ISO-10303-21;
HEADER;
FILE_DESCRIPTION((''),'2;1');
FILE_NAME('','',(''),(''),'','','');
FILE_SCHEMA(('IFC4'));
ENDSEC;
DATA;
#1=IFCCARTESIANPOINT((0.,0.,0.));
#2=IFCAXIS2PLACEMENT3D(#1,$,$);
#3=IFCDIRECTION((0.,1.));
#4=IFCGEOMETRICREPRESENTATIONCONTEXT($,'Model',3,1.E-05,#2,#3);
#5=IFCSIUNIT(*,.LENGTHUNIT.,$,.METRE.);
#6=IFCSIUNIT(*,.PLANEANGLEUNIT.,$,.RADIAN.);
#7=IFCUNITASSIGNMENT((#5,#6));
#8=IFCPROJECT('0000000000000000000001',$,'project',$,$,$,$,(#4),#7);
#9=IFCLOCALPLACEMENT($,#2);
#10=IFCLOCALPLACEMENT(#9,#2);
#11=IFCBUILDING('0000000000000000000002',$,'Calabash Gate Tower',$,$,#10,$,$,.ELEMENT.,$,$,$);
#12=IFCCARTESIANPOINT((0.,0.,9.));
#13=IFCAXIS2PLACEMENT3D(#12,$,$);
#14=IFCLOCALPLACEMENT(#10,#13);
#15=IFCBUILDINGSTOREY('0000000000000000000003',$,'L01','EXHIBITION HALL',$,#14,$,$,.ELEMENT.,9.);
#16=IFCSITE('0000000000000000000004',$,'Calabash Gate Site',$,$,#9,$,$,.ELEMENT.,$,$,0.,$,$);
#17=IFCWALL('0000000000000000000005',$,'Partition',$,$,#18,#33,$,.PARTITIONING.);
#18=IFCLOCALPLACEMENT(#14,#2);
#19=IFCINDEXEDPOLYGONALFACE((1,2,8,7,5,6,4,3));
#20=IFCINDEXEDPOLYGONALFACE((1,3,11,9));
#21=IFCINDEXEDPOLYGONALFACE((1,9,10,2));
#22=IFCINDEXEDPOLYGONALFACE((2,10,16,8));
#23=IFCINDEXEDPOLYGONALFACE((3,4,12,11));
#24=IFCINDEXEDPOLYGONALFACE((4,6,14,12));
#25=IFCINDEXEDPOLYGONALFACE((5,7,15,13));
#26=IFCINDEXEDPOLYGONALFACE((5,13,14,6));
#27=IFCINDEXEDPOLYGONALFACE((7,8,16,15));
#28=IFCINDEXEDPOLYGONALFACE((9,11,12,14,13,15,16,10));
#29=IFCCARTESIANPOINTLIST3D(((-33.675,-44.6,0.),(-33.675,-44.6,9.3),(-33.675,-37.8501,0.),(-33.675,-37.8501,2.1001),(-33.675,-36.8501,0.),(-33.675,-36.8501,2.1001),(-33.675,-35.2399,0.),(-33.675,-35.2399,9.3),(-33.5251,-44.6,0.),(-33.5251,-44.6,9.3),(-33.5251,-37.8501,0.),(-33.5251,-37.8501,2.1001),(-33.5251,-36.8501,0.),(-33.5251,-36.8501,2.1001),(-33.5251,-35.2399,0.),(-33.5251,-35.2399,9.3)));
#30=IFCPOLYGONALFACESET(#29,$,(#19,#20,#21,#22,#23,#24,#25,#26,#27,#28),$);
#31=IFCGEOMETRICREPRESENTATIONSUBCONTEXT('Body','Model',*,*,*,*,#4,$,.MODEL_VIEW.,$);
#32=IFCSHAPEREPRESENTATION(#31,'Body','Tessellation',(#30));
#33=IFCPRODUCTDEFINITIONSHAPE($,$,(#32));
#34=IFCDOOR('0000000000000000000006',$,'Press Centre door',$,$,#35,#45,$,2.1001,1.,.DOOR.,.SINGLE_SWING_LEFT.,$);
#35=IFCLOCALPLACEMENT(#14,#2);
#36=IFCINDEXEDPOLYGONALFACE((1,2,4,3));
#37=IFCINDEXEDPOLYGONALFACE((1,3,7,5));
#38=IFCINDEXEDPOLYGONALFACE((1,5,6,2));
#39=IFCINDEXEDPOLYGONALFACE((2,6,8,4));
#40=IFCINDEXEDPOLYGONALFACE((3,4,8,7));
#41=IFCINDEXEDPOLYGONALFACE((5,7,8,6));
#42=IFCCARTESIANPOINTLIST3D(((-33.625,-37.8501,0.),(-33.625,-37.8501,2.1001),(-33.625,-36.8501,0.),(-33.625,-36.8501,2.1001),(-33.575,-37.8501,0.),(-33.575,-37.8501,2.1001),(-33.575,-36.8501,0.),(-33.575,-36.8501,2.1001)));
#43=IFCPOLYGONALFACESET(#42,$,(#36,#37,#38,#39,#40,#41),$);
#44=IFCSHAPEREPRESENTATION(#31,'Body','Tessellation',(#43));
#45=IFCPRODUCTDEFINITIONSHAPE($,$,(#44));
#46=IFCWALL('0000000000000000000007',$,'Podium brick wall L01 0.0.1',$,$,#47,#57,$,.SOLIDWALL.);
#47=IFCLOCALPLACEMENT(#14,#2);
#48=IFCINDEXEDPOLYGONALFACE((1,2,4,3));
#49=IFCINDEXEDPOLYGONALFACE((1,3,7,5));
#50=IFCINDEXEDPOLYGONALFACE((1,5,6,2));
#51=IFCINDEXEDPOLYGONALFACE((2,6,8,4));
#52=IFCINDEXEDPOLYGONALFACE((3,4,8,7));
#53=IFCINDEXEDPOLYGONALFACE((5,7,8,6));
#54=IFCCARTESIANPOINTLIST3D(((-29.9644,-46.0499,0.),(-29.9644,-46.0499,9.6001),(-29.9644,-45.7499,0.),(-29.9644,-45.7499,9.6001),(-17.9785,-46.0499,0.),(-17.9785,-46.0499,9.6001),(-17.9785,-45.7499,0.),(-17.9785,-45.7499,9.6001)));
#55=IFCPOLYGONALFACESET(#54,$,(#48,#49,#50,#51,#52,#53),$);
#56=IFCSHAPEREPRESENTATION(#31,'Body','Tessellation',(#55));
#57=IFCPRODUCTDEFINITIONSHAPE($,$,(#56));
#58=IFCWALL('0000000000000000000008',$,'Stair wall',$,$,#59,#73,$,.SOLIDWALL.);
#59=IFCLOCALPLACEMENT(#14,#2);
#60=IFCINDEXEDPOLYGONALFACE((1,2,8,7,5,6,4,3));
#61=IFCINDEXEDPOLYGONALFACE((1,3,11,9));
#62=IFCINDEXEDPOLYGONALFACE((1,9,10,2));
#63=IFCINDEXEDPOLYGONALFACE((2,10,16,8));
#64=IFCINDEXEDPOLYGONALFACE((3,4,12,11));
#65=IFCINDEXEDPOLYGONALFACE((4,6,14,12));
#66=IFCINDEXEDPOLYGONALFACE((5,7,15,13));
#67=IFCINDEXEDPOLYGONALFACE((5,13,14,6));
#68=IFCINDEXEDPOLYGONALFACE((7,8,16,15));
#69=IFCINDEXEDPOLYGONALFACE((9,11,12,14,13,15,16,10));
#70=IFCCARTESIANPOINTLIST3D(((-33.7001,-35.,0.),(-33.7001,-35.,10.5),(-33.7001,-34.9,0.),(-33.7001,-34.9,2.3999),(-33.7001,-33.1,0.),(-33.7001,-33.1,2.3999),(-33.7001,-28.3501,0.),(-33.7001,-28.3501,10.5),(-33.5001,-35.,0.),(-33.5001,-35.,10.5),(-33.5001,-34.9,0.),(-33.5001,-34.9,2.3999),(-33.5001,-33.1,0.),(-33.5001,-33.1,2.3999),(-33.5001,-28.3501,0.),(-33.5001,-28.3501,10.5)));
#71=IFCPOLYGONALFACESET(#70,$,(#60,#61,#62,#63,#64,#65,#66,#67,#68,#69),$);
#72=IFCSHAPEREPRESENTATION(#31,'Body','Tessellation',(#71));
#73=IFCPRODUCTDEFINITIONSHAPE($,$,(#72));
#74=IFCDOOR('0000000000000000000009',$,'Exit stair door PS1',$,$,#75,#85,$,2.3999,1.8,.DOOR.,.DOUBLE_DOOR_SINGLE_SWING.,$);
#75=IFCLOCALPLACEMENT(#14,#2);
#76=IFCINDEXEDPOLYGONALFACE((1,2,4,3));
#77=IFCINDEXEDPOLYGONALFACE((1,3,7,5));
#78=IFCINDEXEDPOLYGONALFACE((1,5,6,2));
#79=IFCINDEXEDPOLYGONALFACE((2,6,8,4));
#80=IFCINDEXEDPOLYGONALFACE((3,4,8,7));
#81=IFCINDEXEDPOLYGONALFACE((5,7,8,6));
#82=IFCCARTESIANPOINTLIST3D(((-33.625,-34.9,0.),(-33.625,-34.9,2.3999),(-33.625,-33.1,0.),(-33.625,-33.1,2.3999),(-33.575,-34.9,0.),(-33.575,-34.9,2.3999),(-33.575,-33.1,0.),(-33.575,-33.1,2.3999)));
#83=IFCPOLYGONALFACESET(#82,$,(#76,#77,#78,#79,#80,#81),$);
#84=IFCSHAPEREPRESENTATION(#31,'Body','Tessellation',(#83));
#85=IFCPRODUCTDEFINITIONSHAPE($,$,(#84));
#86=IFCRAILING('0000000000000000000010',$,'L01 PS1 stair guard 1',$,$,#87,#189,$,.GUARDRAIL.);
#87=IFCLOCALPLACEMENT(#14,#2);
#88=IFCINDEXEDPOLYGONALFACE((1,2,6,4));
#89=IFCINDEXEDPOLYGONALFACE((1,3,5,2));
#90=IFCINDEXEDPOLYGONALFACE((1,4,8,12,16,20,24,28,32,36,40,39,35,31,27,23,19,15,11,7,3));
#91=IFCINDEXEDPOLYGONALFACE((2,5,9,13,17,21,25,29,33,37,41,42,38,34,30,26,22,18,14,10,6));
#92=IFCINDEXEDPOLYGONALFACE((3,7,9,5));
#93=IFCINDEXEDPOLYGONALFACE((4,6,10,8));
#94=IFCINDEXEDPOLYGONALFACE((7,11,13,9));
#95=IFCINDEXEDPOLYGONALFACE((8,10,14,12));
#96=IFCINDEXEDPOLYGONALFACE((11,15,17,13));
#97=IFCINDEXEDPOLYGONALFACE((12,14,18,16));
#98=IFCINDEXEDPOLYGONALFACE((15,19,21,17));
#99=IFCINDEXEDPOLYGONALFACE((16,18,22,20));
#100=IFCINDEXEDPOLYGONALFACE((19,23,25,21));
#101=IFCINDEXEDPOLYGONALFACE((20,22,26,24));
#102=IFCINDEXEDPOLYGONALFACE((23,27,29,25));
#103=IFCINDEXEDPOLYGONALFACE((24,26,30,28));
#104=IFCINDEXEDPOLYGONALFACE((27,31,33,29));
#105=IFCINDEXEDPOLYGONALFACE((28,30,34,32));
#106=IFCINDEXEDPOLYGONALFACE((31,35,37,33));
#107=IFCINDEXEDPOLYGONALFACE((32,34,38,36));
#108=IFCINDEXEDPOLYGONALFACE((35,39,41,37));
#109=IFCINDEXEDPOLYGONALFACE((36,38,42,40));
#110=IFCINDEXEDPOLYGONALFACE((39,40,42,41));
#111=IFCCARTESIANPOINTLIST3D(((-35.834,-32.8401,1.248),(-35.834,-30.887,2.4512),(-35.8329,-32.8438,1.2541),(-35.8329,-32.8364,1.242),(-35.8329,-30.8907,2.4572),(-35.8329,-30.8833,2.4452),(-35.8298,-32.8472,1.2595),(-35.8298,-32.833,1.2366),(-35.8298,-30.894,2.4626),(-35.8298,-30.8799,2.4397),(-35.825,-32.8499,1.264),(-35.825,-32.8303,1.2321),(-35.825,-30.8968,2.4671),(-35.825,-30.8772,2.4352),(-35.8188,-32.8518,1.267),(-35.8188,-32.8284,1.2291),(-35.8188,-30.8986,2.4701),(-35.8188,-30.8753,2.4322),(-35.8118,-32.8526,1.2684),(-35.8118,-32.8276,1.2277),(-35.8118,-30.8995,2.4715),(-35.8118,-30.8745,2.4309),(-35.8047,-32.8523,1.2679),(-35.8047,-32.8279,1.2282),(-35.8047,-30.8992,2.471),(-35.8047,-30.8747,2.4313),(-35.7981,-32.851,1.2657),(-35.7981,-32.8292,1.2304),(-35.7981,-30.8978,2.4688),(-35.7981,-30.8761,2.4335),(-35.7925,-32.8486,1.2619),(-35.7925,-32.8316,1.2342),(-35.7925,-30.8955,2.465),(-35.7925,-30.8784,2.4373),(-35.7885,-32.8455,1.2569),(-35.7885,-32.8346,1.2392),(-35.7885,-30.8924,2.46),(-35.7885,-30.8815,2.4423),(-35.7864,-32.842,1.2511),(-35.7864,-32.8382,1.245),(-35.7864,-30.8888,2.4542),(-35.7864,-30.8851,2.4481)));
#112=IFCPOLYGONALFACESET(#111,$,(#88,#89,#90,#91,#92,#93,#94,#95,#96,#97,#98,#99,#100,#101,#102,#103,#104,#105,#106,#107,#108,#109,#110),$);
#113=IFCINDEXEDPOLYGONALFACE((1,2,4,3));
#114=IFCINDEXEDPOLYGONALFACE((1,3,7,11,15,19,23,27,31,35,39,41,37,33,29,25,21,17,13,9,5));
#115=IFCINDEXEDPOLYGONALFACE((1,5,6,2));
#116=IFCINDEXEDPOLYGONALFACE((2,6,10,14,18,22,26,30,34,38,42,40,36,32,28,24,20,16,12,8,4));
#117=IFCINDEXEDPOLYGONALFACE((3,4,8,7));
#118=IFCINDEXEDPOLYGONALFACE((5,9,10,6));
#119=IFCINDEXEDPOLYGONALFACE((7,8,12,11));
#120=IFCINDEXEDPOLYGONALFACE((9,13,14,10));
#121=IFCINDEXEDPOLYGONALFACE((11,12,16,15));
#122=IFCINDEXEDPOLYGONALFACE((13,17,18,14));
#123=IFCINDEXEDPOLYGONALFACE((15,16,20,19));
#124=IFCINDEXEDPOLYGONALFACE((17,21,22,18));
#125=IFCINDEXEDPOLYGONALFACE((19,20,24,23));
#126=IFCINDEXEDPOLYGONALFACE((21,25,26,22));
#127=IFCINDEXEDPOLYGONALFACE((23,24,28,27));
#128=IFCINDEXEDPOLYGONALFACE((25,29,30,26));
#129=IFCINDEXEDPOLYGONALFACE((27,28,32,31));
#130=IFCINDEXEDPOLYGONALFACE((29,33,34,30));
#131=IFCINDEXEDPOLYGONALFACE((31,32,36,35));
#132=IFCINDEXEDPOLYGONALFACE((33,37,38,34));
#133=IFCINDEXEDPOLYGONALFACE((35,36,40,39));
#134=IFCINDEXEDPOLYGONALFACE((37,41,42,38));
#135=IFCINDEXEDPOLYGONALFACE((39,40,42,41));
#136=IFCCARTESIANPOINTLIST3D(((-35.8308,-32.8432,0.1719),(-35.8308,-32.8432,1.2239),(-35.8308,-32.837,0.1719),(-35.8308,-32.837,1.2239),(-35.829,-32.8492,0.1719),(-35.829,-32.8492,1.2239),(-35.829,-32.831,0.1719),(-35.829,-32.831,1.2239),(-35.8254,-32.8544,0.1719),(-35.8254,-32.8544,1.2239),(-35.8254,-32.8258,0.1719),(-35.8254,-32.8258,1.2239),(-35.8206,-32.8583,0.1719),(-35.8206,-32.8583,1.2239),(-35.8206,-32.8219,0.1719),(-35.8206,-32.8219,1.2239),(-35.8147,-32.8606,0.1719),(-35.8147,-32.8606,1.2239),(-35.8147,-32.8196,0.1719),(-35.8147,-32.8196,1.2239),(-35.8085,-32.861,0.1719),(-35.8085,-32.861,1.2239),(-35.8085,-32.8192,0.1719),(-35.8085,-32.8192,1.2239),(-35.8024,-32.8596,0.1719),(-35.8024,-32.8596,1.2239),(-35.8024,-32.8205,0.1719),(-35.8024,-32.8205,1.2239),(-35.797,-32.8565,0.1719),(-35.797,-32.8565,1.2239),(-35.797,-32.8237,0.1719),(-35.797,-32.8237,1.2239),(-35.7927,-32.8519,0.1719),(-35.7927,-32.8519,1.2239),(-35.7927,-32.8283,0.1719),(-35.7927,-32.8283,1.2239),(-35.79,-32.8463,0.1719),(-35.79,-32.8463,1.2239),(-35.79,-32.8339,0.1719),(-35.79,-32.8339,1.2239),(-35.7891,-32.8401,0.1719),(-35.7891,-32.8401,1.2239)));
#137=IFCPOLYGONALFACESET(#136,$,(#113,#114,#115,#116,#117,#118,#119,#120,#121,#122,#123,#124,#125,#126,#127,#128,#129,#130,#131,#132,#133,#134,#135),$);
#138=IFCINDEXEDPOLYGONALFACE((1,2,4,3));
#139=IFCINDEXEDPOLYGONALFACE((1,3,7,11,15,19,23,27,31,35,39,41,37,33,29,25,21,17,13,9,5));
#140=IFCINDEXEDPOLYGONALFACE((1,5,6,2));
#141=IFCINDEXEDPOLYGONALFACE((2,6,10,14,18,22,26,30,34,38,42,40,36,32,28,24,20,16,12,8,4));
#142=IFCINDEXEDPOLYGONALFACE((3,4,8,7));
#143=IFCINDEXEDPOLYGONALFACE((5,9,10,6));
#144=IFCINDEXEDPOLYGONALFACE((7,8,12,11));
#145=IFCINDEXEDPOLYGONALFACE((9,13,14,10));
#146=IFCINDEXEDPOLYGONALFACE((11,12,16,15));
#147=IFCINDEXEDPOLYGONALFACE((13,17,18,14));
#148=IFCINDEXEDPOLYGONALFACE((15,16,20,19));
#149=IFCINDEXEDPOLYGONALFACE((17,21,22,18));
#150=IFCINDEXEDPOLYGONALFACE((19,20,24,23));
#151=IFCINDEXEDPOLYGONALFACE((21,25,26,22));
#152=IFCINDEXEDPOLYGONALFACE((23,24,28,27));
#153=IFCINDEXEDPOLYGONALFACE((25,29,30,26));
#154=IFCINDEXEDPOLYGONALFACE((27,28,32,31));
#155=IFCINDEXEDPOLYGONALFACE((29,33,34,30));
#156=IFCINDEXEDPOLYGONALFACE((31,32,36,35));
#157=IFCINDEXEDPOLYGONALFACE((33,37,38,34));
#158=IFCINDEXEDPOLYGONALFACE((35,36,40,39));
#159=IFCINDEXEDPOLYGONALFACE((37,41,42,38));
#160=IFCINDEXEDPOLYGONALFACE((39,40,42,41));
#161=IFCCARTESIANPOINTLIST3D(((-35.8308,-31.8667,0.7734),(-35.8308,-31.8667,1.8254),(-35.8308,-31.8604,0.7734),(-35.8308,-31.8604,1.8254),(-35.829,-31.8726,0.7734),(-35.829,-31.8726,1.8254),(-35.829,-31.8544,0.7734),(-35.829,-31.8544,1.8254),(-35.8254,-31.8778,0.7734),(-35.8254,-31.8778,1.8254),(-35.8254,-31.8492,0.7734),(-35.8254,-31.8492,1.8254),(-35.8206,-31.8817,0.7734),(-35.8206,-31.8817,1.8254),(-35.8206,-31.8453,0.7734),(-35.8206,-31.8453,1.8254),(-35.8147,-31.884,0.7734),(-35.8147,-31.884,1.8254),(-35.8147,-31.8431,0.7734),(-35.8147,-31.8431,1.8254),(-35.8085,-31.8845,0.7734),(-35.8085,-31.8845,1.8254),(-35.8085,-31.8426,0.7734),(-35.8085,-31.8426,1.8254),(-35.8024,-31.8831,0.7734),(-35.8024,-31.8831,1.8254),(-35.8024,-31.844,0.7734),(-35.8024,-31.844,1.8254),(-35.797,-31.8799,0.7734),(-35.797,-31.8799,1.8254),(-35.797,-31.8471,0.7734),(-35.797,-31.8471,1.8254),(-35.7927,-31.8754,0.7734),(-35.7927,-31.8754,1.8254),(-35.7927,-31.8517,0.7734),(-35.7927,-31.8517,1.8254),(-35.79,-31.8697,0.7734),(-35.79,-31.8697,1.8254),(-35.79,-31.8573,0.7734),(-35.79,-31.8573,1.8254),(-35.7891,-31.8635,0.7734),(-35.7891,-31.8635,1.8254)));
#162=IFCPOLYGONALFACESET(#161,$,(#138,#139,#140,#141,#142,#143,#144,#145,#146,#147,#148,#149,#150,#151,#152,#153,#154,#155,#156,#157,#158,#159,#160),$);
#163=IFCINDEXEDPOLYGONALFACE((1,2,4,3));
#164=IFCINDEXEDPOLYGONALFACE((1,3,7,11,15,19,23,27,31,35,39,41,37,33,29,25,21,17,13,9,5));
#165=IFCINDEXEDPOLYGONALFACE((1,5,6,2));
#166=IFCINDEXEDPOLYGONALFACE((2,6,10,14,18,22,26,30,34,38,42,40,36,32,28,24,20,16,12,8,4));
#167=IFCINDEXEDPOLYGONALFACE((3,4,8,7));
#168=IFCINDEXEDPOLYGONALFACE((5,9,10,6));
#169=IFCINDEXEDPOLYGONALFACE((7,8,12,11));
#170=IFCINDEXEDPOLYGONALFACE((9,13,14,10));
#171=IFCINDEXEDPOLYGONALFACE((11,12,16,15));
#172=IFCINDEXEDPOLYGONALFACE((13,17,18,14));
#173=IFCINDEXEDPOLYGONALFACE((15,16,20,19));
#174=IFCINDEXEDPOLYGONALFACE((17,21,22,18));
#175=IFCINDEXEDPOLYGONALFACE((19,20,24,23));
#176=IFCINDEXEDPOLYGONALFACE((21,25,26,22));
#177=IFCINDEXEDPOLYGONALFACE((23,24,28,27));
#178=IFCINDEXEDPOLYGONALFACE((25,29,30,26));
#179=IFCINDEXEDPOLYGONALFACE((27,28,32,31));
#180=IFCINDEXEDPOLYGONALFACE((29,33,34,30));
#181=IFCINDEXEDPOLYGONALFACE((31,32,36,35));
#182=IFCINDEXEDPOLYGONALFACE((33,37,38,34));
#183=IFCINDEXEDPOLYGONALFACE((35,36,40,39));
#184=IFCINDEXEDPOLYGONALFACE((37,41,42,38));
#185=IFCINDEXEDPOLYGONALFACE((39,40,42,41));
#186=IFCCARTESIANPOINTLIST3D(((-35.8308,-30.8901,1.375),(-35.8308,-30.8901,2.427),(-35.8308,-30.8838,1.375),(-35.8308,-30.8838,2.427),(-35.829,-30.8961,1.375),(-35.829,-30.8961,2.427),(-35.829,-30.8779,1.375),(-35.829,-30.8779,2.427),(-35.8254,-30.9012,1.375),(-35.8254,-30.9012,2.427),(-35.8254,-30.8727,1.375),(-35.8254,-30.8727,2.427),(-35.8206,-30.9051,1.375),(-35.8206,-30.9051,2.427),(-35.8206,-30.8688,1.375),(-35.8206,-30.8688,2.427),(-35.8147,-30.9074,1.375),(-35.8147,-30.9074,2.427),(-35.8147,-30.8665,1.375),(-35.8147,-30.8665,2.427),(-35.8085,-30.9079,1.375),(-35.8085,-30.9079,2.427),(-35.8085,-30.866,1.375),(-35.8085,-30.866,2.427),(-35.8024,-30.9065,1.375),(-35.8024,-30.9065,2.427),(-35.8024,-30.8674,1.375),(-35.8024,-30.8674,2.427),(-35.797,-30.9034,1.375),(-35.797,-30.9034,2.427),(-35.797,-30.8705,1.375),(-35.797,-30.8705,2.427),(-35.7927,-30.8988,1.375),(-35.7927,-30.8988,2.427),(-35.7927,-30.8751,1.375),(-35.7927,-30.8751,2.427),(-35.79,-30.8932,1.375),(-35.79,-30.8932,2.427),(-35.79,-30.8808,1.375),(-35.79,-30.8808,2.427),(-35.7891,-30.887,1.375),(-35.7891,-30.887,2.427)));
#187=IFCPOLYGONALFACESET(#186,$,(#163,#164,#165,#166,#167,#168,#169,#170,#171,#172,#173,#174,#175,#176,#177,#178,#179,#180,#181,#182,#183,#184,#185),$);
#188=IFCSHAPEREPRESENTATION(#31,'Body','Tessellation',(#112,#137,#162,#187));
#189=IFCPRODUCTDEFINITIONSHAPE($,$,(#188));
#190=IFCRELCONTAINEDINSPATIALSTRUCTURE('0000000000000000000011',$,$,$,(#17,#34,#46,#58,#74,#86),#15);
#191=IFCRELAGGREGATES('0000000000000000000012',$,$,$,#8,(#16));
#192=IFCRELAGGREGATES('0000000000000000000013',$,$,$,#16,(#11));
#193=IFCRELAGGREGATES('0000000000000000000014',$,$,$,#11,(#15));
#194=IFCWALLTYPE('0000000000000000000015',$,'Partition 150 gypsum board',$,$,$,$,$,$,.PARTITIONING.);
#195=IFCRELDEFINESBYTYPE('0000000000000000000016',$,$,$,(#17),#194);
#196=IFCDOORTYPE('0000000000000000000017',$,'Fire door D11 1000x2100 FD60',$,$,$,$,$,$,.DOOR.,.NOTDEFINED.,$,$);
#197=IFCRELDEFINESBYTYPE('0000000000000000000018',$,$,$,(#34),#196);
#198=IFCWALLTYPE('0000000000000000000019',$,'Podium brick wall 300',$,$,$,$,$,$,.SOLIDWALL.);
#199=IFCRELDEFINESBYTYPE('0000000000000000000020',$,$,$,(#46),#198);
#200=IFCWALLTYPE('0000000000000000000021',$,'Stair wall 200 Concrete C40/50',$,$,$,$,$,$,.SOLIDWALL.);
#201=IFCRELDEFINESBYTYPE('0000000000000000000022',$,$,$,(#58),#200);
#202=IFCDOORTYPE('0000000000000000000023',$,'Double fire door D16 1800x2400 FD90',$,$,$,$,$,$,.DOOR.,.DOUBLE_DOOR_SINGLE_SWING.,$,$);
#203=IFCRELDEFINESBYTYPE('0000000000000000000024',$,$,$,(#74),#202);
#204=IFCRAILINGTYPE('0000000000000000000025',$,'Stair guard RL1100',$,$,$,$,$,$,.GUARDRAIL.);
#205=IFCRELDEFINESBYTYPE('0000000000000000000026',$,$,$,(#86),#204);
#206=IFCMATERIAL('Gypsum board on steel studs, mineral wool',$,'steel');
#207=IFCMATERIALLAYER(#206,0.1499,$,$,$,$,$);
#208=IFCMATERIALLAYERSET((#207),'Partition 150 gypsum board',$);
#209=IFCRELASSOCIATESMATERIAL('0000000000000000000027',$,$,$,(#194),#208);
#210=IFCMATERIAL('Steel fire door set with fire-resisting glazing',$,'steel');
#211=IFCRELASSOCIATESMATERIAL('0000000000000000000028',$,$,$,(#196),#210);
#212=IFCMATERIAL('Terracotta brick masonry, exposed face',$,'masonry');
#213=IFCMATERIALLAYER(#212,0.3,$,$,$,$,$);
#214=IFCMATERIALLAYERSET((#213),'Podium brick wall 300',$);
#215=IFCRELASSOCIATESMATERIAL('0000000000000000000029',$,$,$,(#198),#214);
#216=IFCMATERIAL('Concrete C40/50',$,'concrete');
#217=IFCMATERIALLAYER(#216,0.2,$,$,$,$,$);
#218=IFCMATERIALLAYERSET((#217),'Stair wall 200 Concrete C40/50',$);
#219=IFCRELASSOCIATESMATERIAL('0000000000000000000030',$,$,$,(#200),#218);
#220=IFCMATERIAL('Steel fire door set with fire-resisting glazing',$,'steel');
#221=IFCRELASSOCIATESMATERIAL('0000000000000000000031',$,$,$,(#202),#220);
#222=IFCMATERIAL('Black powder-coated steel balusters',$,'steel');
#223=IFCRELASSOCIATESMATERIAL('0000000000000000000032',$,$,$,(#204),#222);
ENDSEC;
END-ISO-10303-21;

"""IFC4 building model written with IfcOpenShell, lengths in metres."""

from ifc_helpers import new_model, si_unit, direction, frame, frame_2d, origin, origin_2d, place, context, subcontext, project, spatial, rectangle, circle, extrude, material, layer, layer_set, type_object, element, fill, save


model = new_model("IFC4")

# Units and contexts
model_context = context("Model", 3, precision=1e-05, world=origin(), true_north=direction((0.0, 1.0)))
body_context = subcontext(model_context, "Body", "Model", "MODEL_VIEW")
ifc_project = project(units=[si_unit("LENGTHUNIT", "METRE"), si_unit("PLANEANGLEUNIT", "RADIAN")], contexts=[model_context])

# Site, building, storey
site_placement = place(None, origin())
site = spatial("IfcSite", under=ifc_project, at=site_placement, Name="Calabash Gate Site", CompositionType="ELEMENT", RefElevation=0.0)
building_placement = place(site_placement, origin())
building = spatial("IfcBuilding", under=site, at=building_placement, Name="Calabash Gate Tower", CompositionType="ELEMENT")
storey_placement = place(building_placement, frame((0.0, 0.0, 9.0)))
storey = spatial("IfcBuildingStorey", under=building, at=storey_placement, Name="L01", Description="EXHIBITION HALL", CompositionType="ELEMENT", Elevation=9.0)

# Wall, opening, door
ifc_material_1 = material(Name="Gypsum board on steel studs, mineral wool", Category="steel")
ifc_layer_1 = layer(ifc_material_1, 0.1499)
ifc_layer_set_1 = layer_set([ifc_layer_1], Name="Partition 150 gypsum board")
wall_type_1 = type_object("IfcWallType", Name="Partition 150 gypsum board", PredefinedType="PARTITIONING", material=ifc_layer_set_1)
wall_1_placement = place(storey_placement, frame((-33.6001, -44.6001, 0.0), z_axis=(0.0, 0.0, 1.0), x_axis=(0.0, 1.0, 0.0)))
wall_1 = element("IfcWall", 1, at=wall_1_placement, inside=storey, type_object=wall_type_1, Name="Partition", PredefinedType="PARTITIONING", context=body_context, shape_type="SweptSolid", body=[
    extrude(rectangle(XDim=9.3601, YDim=0.1499, at=frame_2d((4.6802, 0.0))), origin(), (0.0, 0.0, 1.0), 9.3),
])
opening_1_placement = place(wall_1_placement, frame((6.75, 0.0, 0.0)))
opening_1 = element("IfcOpeningElement", 2, at=opening_1_placement, cuts=wall_1, PredefinedType="OPENING", context=body_context, shape_type="SweptSolid", body=[
    extrude(rectangle(XDim=1.0, YDim=2.1001, at=frame_2d((0.5, 1.05))), frame((0.0, 0.085, 0.0), z_axis=(0.0, -1.0, 0.0), x_axis=(1.0, 0.0, 0.0)), (0.0, 0.0, 1.0), 0.1699),
])
ifc_material_2 = material(Name="Steel fire door set with fire-resisting glazing", Category="steel")
door_type_1 = type_object("IfcDoorType", Name="Fire door D11 1000x2100 FD60", OperationType="NOTDEFINED", PredefinedType="DOOR", material=ifc_material_2)
door_1_placement = place(opening_1_placement, origin())
door_1 = element("IfcDoor", 3, at=door_1_placement, inside=storey, type_object=door_type_1, Name="Press Centre door", OperationType="SINGLE_SWING_LEFT", OverallHeight=2.1001, OverallWidth=1.0, PredefinedType="DOOR", context=body_context, shape_type="SweptSolid", body=[
    extrude(rectangle(XDim=1.0, YDim=2.1001, at=frame_2d((0.5, 1.05))), frame((0.0, 0.0249, 0.0), z_axis=(0.0, -1.0, 0.0), x_axis=(1.0, 0.0, 0.0)), (0.0, 0.0, 1.0), 0.05),
])
fill(opening_1, door_1)

# Wall
ifc_material_3 = material(Name="Terracotta brick masonry, exposed face", Category="masonry")
ifc_layer_2 = layer(ifc_material_3, 0.3)
ifc_layer_set_2 = layer_set([ifc_layer_2], Name="Podium brick wall 300")
wall_type_2 = type_object("IfcWallType", Name="Podium brick wall 300", PredefinedType="SOLIDWALL", material=ifc_layer_set_2)
wall_2_placement = place(storey_placement, frame((-29.9644, -45.8999, 0.0), z_axis=(0.0, 0.0, 1.0), x_axis=(1.0, 0.0, 0.0)))
element("IfcWall", 4, at=wall_2_placement, inside=storey, type_object=wall_type_2, Name="Podium brick wall L01 0.0.1", PredefinedType="SOLIDWALL", context=body_context, shape_type="SweptSolid", body=[
    extrude(rectangle(XDim=11.9858, YDim=0.3, at=frame_2d((5.9929, 0.0))), origin(), (0.0, 0.0, 1.0), 9.6001),
])

# Wall, opening, door
ifc_material_4 = material(Name="Concrete C40/50", Category="concrete")
ifc_layer_3 = layer(ifc_material_4, 0.2)
ifc_layer_set_3 = layer_set([ifc_layer_3], Name="Stair wall 200 Concrete C40/50")
wall_type_3 = type_object("IfcWallType", Name="Stair wall 200 Concrete C40/50", PredefinedType="SOLIDWALL", material=ifc_layer_set_3)
wall_3_placement = place(storey_placement, frame((-33.6001, -35.0, 0.0), z_axis=(0.0, 0.0, 1.0), x_axis=(0.0, 1.0, 0.0)))
wall_3 = element("IfcWall", 5, at=wall_3_placement, inside=storey, type_object=wall_type_3, Name="Stair wall", PredefinedType="SOLIDWALL", context=body_context, shape_type="SweptSolid", body=[
    extrude(rectangle(XDim=6.6499, YDim=0.2, at=frame_2d((3.325, 0.0))), origin(), (0.0, 0.0, 1.0), 10.5),
])
opening_2_placement = place(wall_3_placement, frame((0.1001, 0.0, 0.0)))
opening_2 = element("IfcOpeningElement", 6, at=opening_2_placement, cuts=wall_3, PredefinedType="OPENING", context=body_context, shape_type="SweptSolid", body=[
    extrude(rectangle(XDim=1.8, YDim=2.3999, at=frame_2d((0.8999, 1.2))), frame((0.0, 0.1099, 0.0), z_axis=(0.0, -1.0, 0.0), x_axis=(1.0, 0.0, 0.0)), (0.0, 0.0, 1.0), 0.22),
])
ifc_material_5 = material(Name="Steel fire door set with fire-resisting glazing", Category="steel")
door_type_2 = type_object("IfcDoorType", Name="Double fire door D16 1800x2400 FD90", OperationType="DOUBLE_DOOR_SINGLE_SWING", PredefinedType="DOOR", material=ifc_material_5)
door_2_placement = place(opening_2_placement, origin())
door_2 = element("IfcDoor", 7, at=door_2_placement, inside=storey, type_object=door_type_2, Name="Exit stair door PS1", OperationType="DOUBLE_DOOR_SINGLE_SWING", OverallHeight=2.3999, OverallWidth=1.8, PredefinedType="DOOR", context=body_context, shape_type="SweptSolid", body=[
    extrude(rectangle(XDim=1.8, YDim=2.3999, at=frame_2d((0.8999, 1.2))), frame((0.0, 0.0249, 0.0), z_axis=(0.0, -1.0, 0.0), x_axis=(1.0, 0.0, 0.0)), (0.0, 0.0, 1.0), 0.05),
])
fill(opening_2, door_2)

# Railing
ifc_material_6 = material(Name="Black powder-coated steel balusters", Category="steel")
railing_type_1 = type_object("IfcRailingType", Name="Stair guard RL1100", PredefinedType="GUARDRAIL", material=ifc_material_6)
for number, where, name in (
    (8, (-35.8101, -32.8401, 0.1719), "L01 PS1 stair guard 1"),
):
    element("IfcRailing", number, at=place(storey_placement, frame(where)), inside=storey, type_object=railing_type_1, Name=name, PredefinedType="GUARDRAIL", context=body_context, shape_type="SweptSolid", body=[
        extrude(circle(Radius=0.0239, at=origin_2d()), frame((0.0, 0.0, 1.0762), z_axis=(0.0, 0.851424, 0.524477), x_axis=(-1.0, 0.0, 0.0)), (0.0, 0.0, 1.0), 2.2939),
        extrude(circle(Radius=0.021, at=origin_2d()), origin(), (0.0, 0.0, 1.0), 1.052),
        extrude(circle(Radius=0.021, at=origin_2d()), frame((0.0, 0.9766, 0.6016)), (0.0, 0.0, 1.0), 1.052),
        extrude(circle(Radius=0.021, at=origin_2d()), frame((0.0, 1.9531, 1.2031)), (0.0, 0.0, 1.0), 1.052),
    ])

save(model, "model.ifc")
